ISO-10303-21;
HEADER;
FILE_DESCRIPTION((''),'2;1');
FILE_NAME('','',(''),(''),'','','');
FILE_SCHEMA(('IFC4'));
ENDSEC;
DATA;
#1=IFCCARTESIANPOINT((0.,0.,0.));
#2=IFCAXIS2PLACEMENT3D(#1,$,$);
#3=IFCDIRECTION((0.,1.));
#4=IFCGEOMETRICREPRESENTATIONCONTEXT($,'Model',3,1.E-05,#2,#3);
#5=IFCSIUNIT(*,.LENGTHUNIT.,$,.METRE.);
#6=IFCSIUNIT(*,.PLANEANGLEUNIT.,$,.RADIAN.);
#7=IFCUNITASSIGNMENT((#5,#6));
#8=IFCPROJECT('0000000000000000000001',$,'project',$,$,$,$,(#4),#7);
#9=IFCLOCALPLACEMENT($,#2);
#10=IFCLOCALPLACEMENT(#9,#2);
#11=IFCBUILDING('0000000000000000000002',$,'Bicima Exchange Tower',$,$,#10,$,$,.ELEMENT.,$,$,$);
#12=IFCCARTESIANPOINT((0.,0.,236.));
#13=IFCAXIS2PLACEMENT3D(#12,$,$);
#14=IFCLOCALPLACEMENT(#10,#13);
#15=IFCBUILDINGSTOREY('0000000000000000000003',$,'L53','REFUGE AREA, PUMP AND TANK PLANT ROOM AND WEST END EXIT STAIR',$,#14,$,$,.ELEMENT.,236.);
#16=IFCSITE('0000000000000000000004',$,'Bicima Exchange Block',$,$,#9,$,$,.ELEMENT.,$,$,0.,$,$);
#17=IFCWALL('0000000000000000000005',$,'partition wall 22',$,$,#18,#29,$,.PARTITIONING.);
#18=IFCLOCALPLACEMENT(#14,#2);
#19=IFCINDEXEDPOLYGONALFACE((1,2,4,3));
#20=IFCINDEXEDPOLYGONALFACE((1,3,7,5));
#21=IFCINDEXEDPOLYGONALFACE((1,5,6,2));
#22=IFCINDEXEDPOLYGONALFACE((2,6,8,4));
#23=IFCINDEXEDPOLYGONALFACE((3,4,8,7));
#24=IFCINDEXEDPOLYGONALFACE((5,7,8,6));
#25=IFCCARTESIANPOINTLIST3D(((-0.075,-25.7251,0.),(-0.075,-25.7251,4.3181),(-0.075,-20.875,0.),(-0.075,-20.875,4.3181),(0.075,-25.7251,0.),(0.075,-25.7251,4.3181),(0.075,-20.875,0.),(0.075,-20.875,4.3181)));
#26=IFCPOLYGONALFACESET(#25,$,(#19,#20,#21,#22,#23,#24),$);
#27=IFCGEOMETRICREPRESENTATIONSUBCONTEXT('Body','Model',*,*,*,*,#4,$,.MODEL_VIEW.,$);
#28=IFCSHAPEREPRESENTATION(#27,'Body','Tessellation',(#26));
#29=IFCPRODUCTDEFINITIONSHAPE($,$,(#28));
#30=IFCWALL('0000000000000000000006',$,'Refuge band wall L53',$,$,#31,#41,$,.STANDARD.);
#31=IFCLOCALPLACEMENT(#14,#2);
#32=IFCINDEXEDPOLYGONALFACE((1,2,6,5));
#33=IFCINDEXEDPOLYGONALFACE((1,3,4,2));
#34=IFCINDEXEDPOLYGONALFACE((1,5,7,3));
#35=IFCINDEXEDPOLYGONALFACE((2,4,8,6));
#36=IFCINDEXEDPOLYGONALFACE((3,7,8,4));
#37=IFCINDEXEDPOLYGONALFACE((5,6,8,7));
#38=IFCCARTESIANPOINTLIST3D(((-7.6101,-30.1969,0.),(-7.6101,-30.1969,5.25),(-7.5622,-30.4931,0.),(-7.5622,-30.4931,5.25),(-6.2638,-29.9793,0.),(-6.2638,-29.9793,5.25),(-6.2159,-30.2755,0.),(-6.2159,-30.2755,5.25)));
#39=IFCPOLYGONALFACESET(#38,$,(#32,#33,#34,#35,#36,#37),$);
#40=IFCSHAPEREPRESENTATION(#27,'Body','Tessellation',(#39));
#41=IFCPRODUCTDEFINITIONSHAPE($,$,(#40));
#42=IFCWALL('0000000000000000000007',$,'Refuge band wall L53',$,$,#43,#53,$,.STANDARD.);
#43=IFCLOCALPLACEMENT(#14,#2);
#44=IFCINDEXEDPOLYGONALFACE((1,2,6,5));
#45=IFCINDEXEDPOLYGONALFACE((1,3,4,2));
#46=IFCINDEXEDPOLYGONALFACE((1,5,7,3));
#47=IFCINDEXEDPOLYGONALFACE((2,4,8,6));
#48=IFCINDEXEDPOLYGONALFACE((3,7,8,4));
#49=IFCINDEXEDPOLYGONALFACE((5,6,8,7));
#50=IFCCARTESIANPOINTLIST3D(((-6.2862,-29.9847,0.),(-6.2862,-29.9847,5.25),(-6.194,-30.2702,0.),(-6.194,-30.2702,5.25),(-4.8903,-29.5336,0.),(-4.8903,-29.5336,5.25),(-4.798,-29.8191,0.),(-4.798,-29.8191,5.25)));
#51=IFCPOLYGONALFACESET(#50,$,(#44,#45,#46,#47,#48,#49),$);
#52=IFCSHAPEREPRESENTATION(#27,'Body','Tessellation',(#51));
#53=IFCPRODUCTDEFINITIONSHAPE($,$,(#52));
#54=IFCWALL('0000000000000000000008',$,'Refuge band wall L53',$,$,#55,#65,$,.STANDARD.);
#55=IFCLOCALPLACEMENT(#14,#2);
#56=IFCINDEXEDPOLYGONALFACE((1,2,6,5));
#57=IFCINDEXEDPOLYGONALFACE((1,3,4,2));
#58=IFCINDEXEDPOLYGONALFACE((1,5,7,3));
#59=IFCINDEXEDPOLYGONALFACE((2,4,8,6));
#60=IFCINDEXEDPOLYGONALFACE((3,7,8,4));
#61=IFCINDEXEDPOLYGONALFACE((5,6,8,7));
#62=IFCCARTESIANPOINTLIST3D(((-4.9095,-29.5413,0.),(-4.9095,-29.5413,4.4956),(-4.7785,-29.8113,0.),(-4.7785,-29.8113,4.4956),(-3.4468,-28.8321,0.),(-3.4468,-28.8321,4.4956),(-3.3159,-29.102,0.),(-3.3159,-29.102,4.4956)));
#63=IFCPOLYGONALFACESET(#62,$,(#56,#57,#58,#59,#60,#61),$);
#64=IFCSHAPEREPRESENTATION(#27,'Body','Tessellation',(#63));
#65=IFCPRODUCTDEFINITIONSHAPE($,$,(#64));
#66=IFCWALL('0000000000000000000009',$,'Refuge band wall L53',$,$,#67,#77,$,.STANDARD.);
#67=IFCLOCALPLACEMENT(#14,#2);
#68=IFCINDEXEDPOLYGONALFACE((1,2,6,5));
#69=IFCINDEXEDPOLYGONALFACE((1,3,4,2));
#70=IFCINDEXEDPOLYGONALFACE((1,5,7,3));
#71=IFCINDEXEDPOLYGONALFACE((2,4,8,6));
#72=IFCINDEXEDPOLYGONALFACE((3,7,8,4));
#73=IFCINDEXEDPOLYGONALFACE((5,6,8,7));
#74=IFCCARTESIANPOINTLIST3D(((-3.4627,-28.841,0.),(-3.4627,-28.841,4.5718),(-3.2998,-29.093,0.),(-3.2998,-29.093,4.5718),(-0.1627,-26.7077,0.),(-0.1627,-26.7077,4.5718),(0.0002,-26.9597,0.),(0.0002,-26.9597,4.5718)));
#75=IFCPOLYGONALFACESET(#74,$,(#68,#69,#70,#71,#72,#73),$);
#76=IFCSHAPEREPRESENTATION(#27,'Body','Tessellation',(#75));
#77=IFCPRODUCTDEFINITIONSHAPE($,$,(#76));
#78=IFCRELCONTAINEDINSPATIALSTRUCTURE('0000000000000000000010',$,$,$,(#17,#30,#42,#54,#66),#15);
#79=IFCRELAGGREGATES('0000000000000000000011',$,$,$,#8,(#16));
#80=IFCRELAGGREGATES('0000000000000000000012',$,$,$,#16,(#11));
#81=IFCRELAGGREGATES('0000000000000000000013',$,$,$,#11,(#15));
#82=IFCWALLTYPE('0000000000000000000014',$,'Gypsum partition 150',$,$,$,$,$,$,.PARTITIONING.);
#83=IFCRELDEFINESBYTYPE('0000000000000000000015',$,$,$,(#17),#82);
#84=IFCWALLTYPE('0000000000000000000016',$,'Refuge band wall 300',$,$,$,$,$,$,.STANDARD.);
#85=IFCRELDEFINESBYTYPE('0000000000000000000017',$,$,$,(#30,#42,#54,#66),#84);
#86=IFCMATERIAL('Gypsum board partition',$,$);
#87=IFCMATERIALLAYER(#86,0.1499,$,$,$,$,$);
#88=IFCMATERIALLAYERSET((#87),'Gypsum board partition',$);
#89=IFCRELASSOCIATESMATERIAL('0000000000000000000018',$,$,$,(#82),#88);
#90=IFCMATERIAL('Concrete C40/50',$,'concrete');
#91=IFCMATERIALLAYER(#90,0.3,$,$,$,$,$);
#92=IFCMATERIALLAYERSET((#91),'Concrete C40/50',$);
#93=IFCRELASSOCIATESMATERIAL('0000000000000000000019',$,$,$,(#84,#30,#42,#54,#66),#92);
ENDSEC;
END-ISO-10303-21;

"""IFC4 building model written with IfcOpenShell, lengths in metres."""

from ifc_helpers import new_model, si_unit, direction, frame, frame_2d, origin, place, context, subcontext, project, spatial, rectangle, extrude, material, layer, layer_set, layer_usage, type_object, element, save


model = new_model("IFC4")

# Units and contexts
model_context = context("Model", 3, precision=1e-05, world=origin(), true_north=direction((0.0, 1.0)))
body_context = subcontext(model_context, "Body", "Model", "MODEL_VIEW")
ifc_project = project(units=[si_unit("LENGTHUNIT", "METRE"), si_unit("PLANEANGLEUNIT", "RADIAN")], contexts=[model_context])

# Site, building, storey
site_placement = place(None, origin())
site = spatial("IfcSite", under=ifc_project, at=site_placement, Name="Bicima Exchange Block", CompositionType="ELEMENT", RefElevation=0.0)
building_placement = place(site_placement, origin())
building = spatial("IfcBuilding", under=site, at=building_placement, Name="Bicima Exchange Tower", CompositionType="ELEMENT")
storey_placement = place(building_placement, frame((0.0, 0.0, 236.0)))
storey = spatial("IfcBuildingStorey", under=building, at=storey_placement, Name="L53", Description="REFUGE AREA, PUMP AND TANK PLANT ROOM AND WEST END EXIT STAIR", CompositionType="ELEMENT", Elevation=236.0)

# Shared definitions
ifc_material_1 = material(Name="Gypsum board partition")
ifc_layer_1 = layer(ifc_material_1, 0.1499)
ifc_layer_set_1 = layer_set([ifc_layer_1], Name="Gypsum board partition")
wall_type_1 = type_object("IfcWallType", Name="Gypsum partition 150", PredefinedType="PARTITIONING", material=ifc_layer_set_1)

# Walls
wall_1_placement = place(storey_placement, frame((0.0, -25.7251, 0.0), z_axis=(0.0, 0.0, 1.0), x_axis=(0.0, 1.0, 0.0)))
element("IfcWall", 1, at=wall_1_placement, inside=storey, type_object=wall_type_1, Name="partition wall 22", PredefinedType="PARTITIONING", context=body_context, shape_type="SweptSolid", body=[
    extrude(rectangle(XDim=4.8501, YDim=0.1499, at=frame_2d((2.425, 0.0))), origin(), (0.0, 0.0, 1.0), 4.3181),
])
ifc_material_2 = material(Name="Concrete C40/50", Category="concrete")
ifc_layer_2 = layer(ifc_material_2, 0.3)
ifc_layer_set_2 = layer_set([ifc_layer_2], Name="Concrete C40/50")
ifc_layer_usage = layer_usage(ifc_layer_set_2, "AXIS2", "POSITIVE", -0.15)
wall_type_2 = type_object("IfcWallType", Name="Refuge band wall 300", PredefinedType="STANDARD", material=ifc_layer_set_2)
wall_2_placement = place(storey_placement, frame((-7.5862, -30.345, 0.0), z_axis=(0.0, 0.0, 1.0), x_axis=(0.987195, 0.15952, 0.0)))
element("IfcWall", 2, at=wall_2_placement, inside=storey, type_object=wall_type_2, material=ifc_layer_usage, Name="Refuge band wall L53", PredefinedType="STANDARD", context=body_context, shape_type="SweptSolid", body=[
    extrude(rectangle(XDim=1.3638, YDim=0.3, at=frame_2d((0.6819, 0.0))), origin(), (0.0, 0.0, 1.0), 5.25),
])
wall_3_placement = place(storey_placement, frame((-6.24, -30.1274, 0.0), z_axis=(0.0, 0.0, 1.0), x_axis=(0.951539, 0.307528, 0.0)))
element("IfcWall", 3, at=wall_3_placement, inside=storey, type_object=wall_type_2, material=ifc_layer_usage, Name="Refuge band wall L53", PredefinedType="STANDARD", context=body_context, shape_type="SweptSolid", body=[
    extrude(rectangle(XDim=1.467, YDim=0.3, at=frame_2d((0.7334, 0.0))), origin(), (0.0, 0.0, 1.0), 5.25),
])
wall_4_placement = place(storey_placement, frame((-4.844, -29.6763, 0.0), z_axis=(0.0, 0.0, 1.0), x_axis=(0.899798, 0.436307, 0.0)))
element("IfcWall", 4, at=wall_4_placement, inside=storey, type_object=wall_type_2, material=ifc_layer_usage, Name="Refuge band wall L53", PredefinedType="STANDARD", context=body_context, shape_type="SweptSolid", body=[
    extrude(rectangle(XDim=1.6255, YDim=0.3, at=frame_2d((0.8127, 0.0))), origin(), (0.0, 0.0, 1.0), 4.4956),
])
wall_5_placement = place(storey_placement, frame((-3.3813, -28.967, 0.0), z_axis=(0.0, 0.0, 1.0), x_axis=(0.839805, 0.542888, 0.0)))
element("IfcWall", 5, at=wall_5_placement, inside=storey, type_object=wall_type_2, material=ifc_layer_usage, Name="Refuge band wall L53", PredefinedType="STANDARD", context=body_context, shape_type="SweptSolid", body=[
    extrude(rectangle(XDim=3.9294, YDim=0.3, at=frame_2d((1.9648, 0.0))), origin(), (0.0, 0.0, 1.0), 4.5718),
])

save(model, "model.ifc")
